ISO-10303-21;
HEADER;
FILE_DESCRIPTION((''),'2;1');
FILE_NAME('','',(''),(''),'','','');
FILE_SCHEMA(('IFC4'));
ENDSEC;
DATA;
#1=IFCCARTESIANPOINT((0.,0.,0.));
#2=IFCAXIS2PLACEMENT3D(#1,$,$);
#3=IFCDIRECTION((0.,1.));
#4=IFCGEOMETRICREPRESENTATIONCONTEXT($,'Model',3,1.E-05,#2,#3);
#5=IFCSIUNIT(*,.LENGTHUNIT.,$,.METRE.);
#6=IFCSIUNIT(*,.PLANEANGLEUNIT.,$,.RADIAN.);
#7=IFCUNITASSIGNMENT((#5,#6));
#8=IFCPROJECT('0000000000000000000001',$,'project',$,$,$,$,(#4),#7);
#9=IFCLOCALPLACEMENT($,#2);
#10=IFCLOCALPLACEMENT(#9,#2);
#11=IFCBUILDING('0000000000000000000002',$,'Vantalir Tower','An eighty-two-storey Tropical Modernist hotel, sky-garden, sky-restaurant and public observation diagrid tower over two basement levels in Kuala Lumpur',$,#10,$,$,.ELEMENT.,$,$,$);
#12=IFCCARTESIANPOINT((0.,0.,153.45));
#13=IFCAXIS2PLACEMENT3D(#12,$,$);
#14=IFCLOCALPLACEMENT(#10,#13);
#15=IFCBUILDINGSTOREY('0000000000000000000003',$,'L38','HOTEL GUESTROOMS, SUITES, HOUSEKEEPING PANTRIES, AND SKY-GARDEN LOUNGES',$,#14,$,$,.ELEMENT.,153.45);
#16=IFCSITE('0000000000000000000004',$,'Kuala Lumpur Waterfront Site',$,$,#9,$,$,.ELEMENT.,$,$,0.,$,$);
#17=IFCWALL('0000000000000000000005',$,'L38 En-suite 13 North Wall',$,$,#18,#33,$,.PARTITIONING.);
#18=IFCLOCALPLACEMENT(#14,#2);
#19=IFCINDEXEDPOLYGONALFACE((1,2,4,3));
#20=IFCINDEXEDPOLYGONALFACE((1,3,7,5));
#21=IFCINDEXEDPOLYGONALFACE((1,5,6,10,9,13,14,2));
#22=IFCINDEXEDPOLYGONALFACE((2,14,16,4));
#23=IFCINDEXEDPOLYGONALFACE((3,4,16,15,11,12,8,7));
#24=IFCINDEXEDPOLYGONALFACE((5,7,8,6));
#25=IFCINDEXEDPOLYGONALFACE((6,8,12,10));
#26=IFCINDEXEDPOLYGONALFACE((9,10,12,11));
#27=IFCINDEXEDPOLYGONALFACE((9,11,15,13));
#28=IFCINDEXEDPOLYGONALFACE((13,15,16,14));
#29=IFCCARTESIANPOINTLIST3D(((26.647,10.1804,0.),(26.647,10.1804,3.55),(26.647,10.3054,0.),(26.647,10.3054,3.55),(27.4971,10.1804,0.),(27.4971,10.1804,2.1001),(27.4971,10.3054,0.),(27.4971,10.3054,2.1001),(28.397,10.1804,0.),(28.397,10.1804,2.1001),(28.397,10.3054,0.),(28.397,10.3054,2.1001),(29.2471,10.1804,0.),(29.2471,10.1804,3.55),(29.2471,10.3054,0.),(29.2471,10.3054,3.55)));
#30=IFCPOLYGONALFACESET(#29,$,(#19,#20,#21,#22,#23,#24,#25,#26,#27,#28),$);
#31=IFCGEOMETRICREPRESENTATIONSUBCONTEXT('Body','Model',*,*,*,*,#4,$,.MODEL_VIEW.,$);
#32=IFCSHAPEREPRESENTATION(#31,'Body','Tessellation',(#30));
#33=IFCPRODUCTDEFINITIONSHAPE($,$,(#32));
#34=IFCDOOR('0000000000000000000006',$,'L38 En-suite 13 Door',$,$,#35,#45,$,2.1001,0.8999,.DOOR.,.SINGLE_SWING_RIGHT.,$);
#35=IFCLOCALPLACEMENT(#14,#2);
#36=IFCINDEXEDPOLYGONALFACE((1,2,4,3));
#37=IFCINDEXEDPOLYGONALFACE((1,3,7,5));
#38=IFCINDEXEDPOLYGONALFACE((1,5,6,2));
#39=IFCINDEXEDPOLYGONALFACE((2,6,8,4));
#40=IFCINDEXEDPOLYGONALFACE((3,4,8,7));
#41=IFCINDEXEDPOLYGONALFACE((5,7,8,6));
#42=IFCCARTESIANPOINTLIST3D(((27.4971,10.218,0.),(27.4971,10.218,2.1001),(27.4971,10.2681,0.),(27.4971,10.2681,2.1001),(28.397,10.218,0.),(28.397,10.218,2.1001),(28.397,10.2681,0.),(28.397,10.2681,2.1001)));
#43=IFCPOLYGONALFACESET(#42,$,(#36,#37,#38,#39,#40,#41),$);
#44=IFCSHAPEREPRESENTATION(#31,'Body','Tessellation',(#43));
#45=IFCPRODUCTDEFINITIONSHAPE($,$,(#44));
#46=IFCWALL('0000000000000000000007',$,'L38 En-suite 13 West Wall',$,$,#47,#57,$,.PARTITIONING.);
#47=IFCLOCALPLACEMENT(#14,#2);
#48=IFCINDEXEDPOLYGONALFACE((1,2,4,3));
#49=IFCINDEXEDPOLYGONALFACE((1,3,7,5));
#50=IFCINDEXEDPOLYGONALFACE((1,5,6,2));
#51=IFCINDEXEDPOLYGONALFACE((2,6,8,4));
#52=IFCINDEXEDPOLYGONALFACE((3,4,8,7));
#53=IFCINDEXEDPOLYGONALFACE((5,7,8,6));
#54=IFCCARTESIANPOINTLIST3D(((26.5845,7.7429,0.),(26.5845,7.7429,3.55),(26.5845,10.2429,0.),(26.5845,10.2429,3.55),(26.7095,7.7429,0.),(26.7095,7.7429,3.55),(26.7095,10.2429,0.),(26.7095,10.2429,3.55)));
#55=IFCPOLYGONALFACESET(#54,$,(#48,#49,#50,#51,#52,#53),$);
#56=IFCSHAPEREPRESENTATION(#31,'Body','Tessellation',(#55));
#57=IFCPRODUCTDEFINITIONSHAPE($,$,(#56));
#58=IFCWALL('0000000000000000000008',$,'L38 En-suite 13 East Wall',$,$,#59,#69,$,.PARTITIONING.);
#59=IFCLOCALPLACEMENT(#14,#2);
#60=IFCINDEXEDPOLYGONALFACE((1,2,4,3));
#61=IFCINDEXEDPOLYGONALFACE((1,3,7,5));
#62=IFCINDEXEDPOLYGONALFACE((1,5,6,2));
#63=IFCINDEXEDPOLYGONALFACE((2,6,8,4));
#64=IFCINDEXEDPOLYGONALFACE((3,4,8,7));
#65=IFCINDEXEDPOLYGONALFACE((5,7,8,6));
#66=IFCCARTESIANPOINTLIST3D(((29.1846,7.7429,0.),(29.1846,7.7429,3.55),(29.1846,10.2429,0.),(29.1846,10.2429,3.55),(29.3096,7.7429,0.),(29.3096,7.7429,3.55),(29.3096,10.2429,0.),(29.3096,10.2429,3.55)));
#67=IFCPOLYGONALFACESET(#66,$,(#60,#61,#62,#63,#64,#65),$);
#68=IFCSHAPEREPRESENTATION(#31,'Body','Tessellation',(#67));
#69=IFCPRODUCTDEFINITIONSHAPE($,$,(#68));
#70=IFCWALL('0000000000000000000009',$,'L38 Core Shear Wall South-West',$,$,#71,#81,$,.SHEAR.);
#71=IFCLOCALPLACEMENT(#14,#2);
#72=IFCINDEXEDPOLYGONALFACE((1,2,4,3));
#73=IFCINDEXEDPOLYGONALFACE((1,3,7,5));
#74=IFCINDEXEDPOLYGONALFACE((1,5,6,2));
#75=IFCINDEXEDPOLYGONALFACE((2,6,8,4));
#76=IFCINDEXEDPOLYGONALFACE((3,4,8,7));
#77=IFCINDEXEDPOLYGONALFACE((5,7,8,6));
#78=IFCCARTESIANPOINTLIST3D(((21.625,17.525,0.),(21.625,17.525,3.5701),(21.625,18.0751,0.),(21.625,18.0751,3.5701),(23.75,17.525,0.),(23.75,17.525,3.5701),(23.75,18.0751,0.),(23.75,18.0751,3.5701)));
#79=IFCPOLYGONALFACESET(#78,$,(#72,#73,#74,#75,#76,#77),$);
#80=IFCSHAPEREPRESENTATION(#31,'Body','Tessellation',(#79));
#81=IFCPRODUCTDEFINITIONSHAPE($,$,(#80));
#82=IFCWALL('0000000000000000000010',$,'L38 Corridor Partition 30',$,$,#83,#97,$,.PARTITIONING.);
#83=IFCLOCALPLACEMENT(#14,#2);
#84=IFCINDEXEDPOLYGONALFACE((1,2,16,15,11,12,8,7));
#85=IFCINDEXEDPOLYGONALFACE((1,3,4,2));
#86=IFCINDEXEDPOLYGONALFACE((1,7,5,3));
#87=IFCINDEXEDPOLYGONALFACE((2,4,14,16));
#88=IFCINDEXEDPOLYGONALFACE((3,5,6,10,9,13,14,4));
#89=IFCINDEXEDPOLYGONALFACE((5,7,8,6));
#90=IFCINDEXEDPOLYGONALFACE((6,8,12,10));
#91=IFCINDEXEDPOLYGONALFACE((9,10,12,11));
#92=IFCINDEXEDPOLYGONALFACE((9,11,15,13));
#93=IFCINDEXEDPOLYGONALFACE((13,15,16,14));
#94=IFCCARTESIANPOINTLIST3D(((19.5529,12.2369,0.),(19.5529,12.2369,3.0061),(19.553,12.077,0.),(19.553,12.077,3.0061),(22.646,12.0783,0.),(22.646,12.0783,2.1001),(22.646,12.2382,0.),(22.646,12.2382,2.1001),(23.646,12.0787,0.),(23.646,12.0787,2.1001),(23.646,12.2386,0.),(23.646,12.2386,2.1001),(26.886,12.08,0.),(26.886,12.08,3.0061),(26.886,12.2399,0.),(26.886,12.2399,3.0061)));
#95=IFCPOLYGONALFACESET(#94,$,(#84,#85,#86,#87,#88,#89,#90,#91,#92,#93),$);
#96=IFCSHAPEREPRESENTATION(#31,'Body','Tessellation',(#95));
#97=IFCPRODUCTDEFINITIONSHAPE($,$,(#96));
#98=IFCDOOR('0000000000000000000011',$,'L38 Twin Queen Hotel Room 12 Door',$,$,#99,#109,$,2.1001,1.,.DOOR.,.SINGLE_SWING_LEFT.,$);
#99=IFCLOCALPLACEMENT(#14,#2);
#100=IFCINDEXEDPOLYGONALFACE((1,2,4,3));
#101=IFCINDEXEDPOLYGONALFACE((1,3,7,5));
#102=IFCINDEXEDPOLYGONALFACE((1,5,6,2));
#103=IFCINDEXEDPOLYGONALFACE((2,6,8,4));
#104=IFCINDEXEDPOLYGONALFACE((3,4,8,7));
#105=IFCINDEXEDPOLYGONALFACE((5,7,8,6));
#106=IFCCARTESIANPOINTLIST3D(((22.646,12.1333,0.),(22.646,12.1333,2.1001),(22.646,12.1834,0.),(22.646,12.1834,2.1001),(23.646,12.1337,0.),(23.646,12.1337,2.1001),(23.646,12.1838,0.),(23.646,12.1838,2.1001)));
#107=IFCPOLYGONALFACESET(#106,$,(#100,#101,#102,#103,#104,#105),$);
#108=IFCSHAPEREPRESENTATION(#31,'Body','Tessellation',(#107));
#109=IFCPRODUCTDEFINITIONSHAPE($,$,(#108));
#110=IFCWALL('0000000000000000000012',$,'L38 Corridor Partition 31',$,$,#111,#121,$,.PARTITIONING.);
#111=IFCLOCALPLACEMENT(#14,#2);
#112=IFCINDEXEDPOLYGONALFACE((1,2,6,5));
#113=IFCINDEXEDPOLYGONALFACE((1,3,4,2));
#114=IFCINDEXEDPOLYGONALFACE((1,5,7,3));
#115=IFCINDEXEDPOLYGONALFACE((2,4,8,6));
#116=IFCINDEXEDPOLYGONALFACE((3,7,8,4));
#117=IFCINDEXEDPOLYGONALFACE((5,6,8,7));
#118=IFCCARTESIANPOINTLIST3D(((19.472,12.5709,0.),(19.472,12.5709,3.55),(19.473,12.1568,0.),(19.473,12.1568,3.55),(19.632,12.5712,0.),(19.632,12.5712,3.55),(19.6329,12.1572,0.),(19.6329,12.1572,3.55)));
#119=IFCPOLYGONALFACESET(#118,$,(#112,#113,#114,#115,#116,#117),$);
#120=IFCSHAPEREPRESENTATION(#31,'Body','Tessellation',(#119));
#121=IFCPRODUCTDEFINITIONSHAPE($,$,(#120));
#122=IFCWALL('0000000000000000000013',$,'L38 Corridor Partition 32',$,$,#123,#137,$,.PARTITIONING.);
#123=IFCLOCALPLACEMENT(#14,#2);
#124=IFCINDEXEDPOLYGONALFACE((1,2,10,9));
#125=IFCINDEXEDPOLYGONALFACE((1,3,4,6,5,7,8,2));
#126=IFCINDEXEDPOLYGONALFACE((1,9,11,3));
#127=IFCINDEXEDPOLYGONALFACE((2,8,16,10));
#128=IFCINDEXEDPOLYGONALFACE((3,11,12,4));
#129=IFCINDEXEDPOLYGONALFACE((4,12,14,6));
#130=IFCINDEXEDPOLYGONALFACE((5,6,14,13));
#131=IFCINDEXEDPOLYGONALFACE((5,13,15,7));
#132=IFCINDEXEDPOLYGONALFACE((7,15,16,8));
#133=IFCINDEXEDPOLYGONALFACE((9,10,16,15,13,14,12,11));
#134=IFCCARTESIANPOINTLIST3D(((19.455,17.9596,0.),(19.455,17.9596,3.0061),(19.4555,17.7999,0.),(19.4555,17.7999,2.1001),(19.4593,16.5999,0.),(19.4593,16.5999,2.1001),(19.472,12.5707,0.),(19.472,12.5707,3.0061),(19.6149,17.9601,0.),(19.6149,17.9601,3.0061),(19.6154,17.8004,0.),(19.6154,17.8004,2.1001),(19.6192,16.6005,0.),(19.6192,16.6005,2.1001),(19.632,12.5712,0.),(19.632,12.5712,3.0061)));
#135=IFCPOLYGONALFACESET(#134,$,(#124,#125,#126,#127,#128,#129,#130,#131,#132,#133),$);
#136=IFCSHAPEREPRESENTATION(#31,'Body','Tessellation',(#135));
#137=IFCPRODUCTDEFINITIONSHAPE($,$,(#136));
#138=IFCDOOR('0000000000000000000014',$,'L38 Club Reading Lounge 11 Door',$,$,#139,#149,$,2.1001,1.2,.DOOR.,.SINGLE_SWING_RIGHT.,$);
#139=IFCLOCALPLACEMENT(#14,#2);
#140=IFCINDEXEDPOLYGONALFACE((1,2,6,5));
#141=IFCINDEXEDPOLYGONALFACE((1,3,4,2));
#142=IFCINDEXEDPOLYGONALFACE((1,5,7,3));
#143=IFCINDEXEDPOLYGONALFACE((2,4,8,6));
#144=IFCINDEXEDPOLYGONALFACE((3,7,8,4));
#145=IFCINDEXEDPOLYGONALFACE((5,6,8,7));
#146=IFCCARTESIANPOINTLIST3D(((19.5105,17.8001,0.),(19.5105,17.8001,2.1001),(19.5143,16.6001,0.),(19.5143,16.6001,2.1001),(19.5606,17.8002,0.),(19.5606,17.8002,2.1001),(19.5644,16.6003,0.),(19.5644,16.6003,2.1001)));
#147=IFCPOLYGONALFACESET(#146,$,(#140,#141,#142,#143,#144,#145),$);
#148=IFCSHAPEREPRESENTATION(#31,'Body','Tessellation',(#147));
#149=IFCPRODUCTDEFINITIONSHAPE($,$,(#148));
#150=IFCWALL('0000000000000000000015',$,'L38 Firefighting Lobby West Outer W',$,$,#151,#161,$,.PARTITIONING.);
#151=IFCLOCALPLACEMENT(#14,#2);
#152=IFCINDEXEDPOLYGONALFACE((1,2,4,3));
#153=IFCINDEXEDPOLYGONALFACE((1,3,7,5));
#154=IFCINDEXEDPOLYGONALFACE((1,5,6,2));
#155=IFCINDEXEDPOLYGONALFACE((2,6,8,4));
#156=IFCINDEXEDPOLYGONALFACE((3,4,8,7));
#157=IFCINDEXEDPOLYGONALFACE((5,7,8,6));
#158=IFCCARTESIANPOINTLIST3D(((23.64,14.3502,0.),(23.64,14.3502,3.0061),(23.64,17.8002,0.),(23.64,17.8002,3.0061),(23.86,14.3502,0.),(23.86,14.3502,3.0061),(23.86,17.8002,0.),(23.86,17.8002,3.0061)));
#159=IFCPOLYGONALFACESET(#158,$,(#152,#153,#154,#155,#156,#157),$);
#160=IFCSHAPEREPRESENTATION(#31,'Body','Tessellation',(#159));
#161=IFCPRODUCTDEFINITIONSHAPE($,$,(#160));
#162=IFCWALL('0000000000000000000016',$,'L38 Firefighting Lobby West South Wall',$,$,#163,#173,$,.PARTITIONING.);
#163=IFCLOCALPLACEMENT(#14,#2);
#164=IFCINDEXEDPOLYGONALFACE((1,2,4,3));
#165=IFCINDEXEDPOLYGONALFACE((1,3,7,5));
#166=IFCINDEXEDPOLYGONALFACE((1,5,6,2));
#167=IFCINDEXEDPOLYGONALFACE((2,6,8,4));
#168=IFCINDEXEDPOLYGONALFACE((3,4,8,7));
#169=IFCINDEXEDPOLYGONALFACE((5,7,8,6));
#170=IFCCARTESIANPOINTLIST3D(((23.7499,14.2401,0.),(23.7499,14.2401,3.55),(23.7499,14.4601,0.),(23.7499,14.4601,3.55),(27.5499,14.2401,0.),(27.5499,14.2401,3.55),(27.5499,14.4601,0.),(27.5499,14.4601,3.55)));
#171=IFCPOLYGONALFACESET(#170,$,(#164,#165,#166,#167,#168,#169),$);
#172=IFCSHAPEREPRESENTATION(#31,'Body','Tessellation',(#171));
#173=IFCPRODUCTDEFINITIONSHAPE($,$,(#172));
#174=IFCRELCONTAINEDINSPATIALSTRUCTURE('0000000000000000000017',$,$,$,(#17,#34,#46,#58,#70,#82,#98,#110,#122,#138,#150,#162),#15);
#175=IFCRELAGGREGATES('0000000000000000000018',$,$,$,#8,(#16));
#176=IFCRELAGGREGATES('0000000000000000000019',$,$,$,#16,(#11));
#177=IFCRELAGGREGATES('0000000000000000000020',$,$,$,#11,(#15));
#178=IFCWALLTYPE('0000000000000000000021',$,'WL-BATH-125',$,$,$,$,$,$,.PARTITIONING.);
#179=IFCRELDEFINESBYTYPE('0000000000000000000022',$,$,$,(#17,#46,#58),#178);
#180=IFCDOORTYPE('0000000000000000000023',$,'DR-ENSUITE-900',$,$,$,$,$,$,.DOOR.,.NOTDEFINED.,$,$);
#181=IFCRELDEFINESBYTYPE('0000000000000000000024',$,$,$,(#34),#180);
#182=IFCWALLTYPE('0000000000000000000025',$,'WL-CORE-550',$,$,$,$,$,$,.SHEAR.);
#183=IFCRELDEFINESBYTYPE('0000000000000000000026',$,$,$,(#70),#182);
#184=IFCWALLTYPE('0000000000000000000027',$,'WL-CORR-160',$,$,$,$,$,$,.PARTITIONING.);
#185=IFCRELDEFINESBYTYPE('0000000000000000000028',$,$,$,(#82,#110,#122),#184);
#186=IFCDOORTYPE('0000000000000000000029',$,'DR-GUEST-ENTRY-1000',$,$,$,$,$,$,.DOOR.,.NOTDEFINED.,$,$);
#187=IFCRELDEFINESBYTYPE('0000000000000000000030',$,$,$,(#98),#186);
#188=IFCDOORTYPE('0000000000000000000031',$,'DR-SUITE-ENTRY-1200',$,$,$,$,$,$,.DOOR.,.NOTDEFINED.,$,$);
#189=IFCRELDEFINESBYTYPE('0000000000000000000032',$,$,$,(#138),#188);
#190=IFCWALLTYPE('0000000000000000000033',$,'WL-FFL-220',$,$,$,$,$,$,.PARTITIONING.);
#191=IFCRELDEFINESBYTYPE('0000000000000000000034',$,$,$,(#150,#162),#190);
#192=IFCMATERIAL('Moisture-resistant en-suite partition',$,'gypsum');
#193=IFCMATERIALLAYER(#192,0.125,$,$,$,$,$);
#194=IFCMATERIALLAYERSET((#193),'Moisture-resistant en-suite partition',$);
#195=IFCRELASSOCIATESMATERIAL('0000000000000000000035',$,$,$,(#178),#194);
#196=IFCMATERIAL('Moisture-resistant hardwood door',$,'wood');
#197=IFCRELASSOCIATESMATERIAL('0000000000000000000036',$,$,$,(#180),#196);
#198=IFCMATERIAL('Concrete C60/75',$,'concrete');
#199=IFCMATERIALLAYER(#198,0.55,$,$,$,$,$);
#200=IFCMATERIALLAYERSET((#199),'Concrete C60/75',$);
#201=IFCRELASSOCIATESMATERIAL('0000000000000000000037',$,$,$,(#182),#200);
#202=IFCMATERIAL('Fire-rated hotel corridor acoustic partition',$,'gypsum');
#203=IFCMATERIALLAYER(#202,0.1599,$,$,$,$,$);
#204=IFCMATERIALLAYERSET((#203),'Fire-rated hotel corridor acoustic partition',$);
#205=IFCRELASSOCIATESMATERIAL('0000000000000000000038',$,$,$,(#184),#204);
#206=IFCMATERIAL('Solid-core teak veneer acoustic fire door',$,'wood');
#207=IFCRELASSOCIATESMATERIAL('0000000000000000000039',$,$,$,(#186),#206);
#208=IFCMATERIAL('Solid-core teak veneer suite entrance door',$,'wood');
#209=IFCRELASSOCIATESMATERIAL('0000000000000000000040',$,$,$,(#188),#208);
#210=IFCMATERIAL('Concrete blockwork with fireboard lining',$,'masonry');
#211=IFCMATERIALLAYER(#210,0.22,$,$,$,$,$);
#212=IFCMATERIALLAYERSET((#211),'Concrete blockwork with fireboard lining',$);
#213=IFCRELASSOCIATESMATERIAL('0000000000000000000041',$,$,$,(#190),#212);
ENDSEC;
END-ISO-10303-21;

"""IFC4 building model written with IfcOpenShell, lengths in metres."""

from ifc_helpers import new_model, si_unit, direction, frame, frame_2d, origin, place, context, subcontext, project, spatial, rectangle, extrude, material, layer, layer_set, type_object, element, fill, save


model = new_model("IFC4")

# Units and contexts
model_context = context("Model", 3, precision=1e-05, world=origin(), true_north=direction((0.0, 1.0)))
body_context = subcontext(model_context, "Body", "Model", "MODEL_VIEW")
ifc_project = project(units=[si_unit("LENGTHUNIT", "METRE"), si_unit("PLANEANGLEUNIT", "RADIAN")], contexts=[model_context])

# Site, building, storey
site_placement = place(None, origin())
site = spatial("IfcSite", under=ifc_project, at=site_placement, Name="Kuala Lumpur Waterfront Site", CompositionType="ELEMENT", RefElevation=0.0)
building_placement = place(site_placement, origin())
building = spatial("IfcBuilding", under=site, at=building_placement, Name="Vantalir Tower", Description="An eighty-two-storey Tropical Modernist hotel, sky-garden, sky-restaurant and public observation diagrid tower over two basement levels in Kuala Lumpur", CompositionType="ELEMENT")
storey_placement = place(building_placement, frame((0.0, 0.0, 153.45)))
storey = spatial("IfcBuildingStorey", under=building, at=storey_placement, Name="L38", Description="HOTEL GUESTROOMS, SUITES, HOUSEKEEPING PANTRIES, AND SKY-GARDEN LOUNGES", CompositionType="ELEMENT", Elevation=153.45)

# Shared definitions
ifc_material_1 = material(Name="Concrete C60/75", Category="concrete")

# Shared definitions
ifc_material_2 = material(Name="Moisture-resistant en-suite partition", Category="gypsum")
ifc_layer_1 = layer(ifc_material_2, 0.125)
ifc_layer_set_1 = layer_set([ifc_layer_1], Name="Moisture-resistant en-suite partition")
wall_type_1 = type_object("IfcWallType", Name="WL-BATH-125", PredefinedType="PARTITIONING", material=ifc_layer_set_1)

# Shared definitions
ifc_material_3 = material(Name="Moisture-resistant hardwood door", Category="wood")
door_type_1 = type_object("IfcDoorType", Name="DR-ENSUITE-900", OperationType="NOTDEFINED", PredefinedType="DOOR", material=ifc_material_3)

# Wall, opening, door
wall_1_placement = place(storey_placement, frame((26.647, 10.2429, 0.0), z_axis=(0.0, 0.0, 1.0), x_axis=(1.0, 0.0, 0.0)))
wall_1 = element("IfcWall", 1, at=wall_1_placement, inside=storey, type_object=wall_type_1, Name="L38 En-suite 13 North Wall", PredefinedType="PARTITIONING", context=body_context, shape_type="SweptSolid", body=[
    extrude(rectangle(XDim=2.6001, YDim=0.125, at=frame_2d((1.3, 0.0))), origin(), (0.0, 0.0, 1.0), 3.55),
])
opening_1_placement = place(wall_1_placement, frame((0.8501, 0.0, 0.0)))
opening_1 = element("IfcOpeningElement", 2, at=opening_1_placement, cuts=wall_1, PredefinedType="OPENING", context=body_context, shape_type="SweptSolid", body=[
    extrude(rectangle(XDim=0.8999, YDim=2.1001, at=frame_2d((0.45, 1.05))), frame((0.0, 0.0725, 0.0), z_axis=(0.0, -1.0, 0.0), x_axis=(1.0, 0.0, 0.0)), (0.0, 0.0, 1.0), 0.145),
])
door_1_placement = place(opening_1_placement, frame((0.8999, 0.0, 0.0), z_axis=(0.0, 0.0, 1.0), x_axis=(-1.0, 0.0, 0.0)))
door_1 = element("IfcDoor", 3, at=door_1_placement, inside=storey, type_object=door_type_1, Name="L38 En-suite 13 Door", OperationType="SINGLE_SWING_RIGHT", OverallHeight=2.1001, OverallWidth=0.8999, PredefinedType="DOOR", context=body_context, shape_type="SweptSolid", body=[
    extrude(rectangle(XDim=0.8999, YDim=2.1001, at=frame_2d((0.45, 1.05))), frame((0.0, 0.0249, 0.0), z_axis=(0.0, -1.0, 0.0), x_axis=(1.0, 0.0, 0.0)), (0.0, 0.0, 1.0), 0.05),
])
fill(opening_1, door_1)

# Walls
for number, where, z_axis, x_axis, name in (
    (4, (26.647, 7.7429, 0.0), (0.0, 0.0, 1.0), (0.0, 1.0, 0.0), "L38 En-suite 13 West Wall"),
    (5, (29.2471, 7.7429, 0.0), (0.0, 0.0, 1.0), (0.0, 1.0, 0.0), "L38 En-suite 13 East Wall"),
):
    element("IfcWall", number, at=place(storey_placement, frame(where, z_axis=z_axis, x_axis=x_axis)), inside=storey, type_object=wall_type_1, Name=name, PredefinedType="PARTITIONING", context=body_context, shape_type="SweptSolid", body=[
        extrude(rectangle(XDim=2.5, YDim=0.125, at=frame_2d((1.25, 0.0))), origin(), (0.0, 0.0, 1.0), 3.55),
    ])
ifc_layer_2 = layer(ifc_material_1, 0.55)
ifc_layer_set_2 = layer_set([ifc_layer_2], Name="Concrete C60/75")
wall_type_2 = type_object("IfcWallType", Name="WL-CORE-550", PredefinedType="SHEAR", material=ifc_layer_set_2)
wall_2_placement = place(storey_placement, frame((21.625, 17.8, 0.0), z_axis=(0.0, 0.0, 1.0), x_axis=(1.0, 0.0, 0.0)))
element("IfcWall", 6, at=wall_2_placement, inside=storey, type_object=wall_type_2, Name="L38 Core Shear Wall South-West", PredefinedType="SHEAR", context=body_context, shape_type="SweptSolid", body=[
    extrude(rectangle(XDim=2.125, YDim=0.55, at=frame_2d((1.0625, 0.0))), origin(), (0.0, 0.0, 1.0), 3.5701),
])

# Wall, opening, door
ifc_material_4 = material(Name="Fire-rated hotel corridor acoustic partition", Category="gypsum")
ifc_layer_3 = layer(ifc_material_4, 0.1599)
ifc_layer_set_3 = layer_set([ifc_layer_3], Name="Fire-rated hotel corridor acoustic partition")
wall_type_3 = type_object("IfcWallType", Name="WL-CORR-160", PredefinedType="PARTITIONING", material=ifc_layer_set_3)
wall_3_placement = place(storey_placement, frame((26.886, 12.1599, 0.0), z_axis=(0.0, 0.0, 1.0), x_axis=(-1.0, -0.0004, 0.0)))
wall_3 = element("IfcWall", 7, at=wall_3_placement, inside=storey, type_object=wall_type_3, Name="L38 Corridor Partition 30", PredefinedType="PARTITIONING", context=body_context, shape_type="SweptSolid", body=[
    extrude(rectangle(XDim=7.333, YDim=0.1599, at=frame_2d((3.6665, 0.0))), origin(), (0.0, 0.0, 1.0), 3.0061),
])
opening_2_placement = place(wall_3_placement, frame((3.24, 0.0, 0.0)))
opening_2 = element("IfcOpeningElement", 8, at=opening_2_placement, cuts=wall_3, PredefinedType="OPENING", context=body_context, shape_type="SweptSolid", body=[
    extrude(rectangle(XDim=1.0, YDim=2.1001, at=frame_2d((0.5, 1.05))), frame((0.0, 0.0898, 0.0), z_axis=(0.0, -1.0, 0.0), x_axis=(1.0, 0.0, 0.0)), (0.0, 0.0, 1.0), 0.1799),
])
ifc_material_5 = material(Name="Solid-core teak veneer acoustic fire door", Category="wood")
door_type_2 = type_object("IfcDoorType", Name="DR-GUEST-ENTRY-1000", OperationType="NOTDEFINED", PredefinedType="DOOR", material=ifc_material_5)
door_2_placement = place(opening_2_placement, origin())
door_2 = element("IfcDoor", 9, at=door_2_placement, inside=storey, type_object=door_type_2, Name="L38 Twin Queen Hotel Room 12 Door", OperationType="SINGLE_SWING_LEFT", OverallHeight=2.1001, OverallWidth=1.0, PredefinedType="DOOR", context=body_context, shape_type="SweptSolid", body=[
    extrude(rectangle(XDim=1.0, YDim=2.1001, at=frame_2d((0.5, 1.05))), frame((0.0, 0.0249, 0.0), z_axis=(0.0, -1.0, 0.0), x_axis=(1.0, 0.0, 0.0)), (0.0, 0.0, 1.0), 0.05),
])
fill(opening_2, door_2)

# Wall
wall_4_placement = place(storey_placement, frame((19.553, 12.157, 0.0), z_axis=(0.0, 0.0, 1.0), x_axis=(-0.002358, 0.999997, 0.0)))
element("IfcWall", 10, at=wall_4_placement, inside=storey, type_object=wall_type_3, Name="L38 Corridor Partition 31", PredefinedType="PARTITIONING", context=body_context, shape_type="SweptSolid", body=[
    extrude(rectangle(XDim=0.4141, YDim=0.1599, at=frame_2d((0.207, 0.0))), origin(), (0.0, 0.0, 1.0), 3.55),
])

# Wall, opening, door
wall_5_placement = place(storey_placement, frame((19.552, 12.571, 0.0), z_axis=(0.0, 0.0, 1.0), x_axis=(-0.003171, 0.999995, 0.0)))
wall_5 = element("IfcWall", 11, at=wall_5_placement, inside=storey, type_object=wall_type_3, Name="L38 Corridor Partition 32", PredefinedType="PARTITIONING", context=body_context, shape_type="SweptSolid", body=[
    extrude(rectangle(XDim=5.3889, YDim=0.1599, at=frame_2d((2.6943, 0.0))), origin(), (0.0, 0.0, 1.0), 3.0061),
])
opening_3_placement = place(wall_5_placement, frame((4.0291, 0.0, 0.0)))
opening_3 = element("IfcOpeningElement", 12, at=opening_3_placement, cuts=wall_5, PredefinedType="OPENING", context=body_context, shape_type="SweptSolid", body=[
    extrude(rectangle(XDim=1.2, YDim=2.1001, at=frame_2d((0.6001, 1.05))), frame((0.0, 0.0898, 0.0), z_axis=(0.0, -1.0, 0.0), x_axis=(1.0, 0.0, 0.0)), (0.0, 0.0, 1.0), 0.1799),
])
ifc_material_6 = material(Name="Solid-core teak veneer suite entrance door", Category="wood")
door_type_3 = type_object("IfcDoorType", Name="DR-SUITE-ENTRY-1200", OperationType="NOTDEFINED", PredefinedType="DOOR", material=ifc_material_6)
door_3_placement = place(opening_3_placement, origin())
door_3 = element("IfcDoor", 13, at=door_3_placement, inside=storey, type_object=door_type_3, Name="L38 Club Reading Lounge 11 Door", OperationType="SINGLE_SWING_RIGHT", OverallHeight=2.1001, OverallWidth=1.2, PredefinedType="DOOR", context=body_context, shape_type="SweptSolid", body=[
    extrude(rectangle(XDim=1.2, YDim=2.1001, at=frame_2d((0.6001, 1.05))), frame((0.0, 0.0249, 0.0), z_axis=(0.0, -1.0, 0.0), x_axis=(1.0, 0.0, 0.0)), (0.0, 0.0, 1.0), 0.05),
])
fill(opening_3, door_3)

# Walls
ifc_material_7 = material(Name="Concrete blockwork with fireboard lining", Category="masonry")
ifc_layer_4 = layer(ifc_material_7, 0.22)
ifc_layer_set_4 = layer_set([ifc_layer_4], Name="Concrete blockwork with fireboard lining")
wall_type_4 = type_object("IfcWallType", Name="WL-FFL-220", PredefinedType="PARTITIONING", material=ifc_layer_set_4)
wall_6_placement = place(storey_placement, frame((23.75, 14.3501, 0.0), z_axis=(0.0, 0.0, 1.0), x_axis=(0.0, 1.0, 0.0)))
element("IfcWall", 14, at=wall_6_placement, inside=storey, type_object=wall_type_4, Name="L38 Firefighting Lobby West Outer W", PredefinedType="PARTITIONING", context=body_context, shape_type="SweptSolid", body=[
    extrude(rectangle(XDim=3.45, YDim=0.22, at=frame_2d((1.7251, 0.0))), origin(), (0.0, 0.0, 1.0), 3.0061),
])
wall_7_placement = place(storey_placement, frame((23.75, 14.3501, 0.0), z_axis=(0.0, 0.0, 1.0), x_axis=(1.0, 0.0, 0.0)))
element("IfcWall", 15, at=wall_7_placement, inside=storey, type_object=wall_type_4, Name="L38 Firefighting Lobby West South Wall", PredefinedType="PARTITIONING", context=body_context, shape_type="SweptSolid", body=[
    extrude(rectangle(XDim=3.8, YDim=0.22, at=frame_2d((1.8999, 0.0))), origin(), (0.0, 0.0, 1.0), 3.55),
])

save(model, "model.ifc")
